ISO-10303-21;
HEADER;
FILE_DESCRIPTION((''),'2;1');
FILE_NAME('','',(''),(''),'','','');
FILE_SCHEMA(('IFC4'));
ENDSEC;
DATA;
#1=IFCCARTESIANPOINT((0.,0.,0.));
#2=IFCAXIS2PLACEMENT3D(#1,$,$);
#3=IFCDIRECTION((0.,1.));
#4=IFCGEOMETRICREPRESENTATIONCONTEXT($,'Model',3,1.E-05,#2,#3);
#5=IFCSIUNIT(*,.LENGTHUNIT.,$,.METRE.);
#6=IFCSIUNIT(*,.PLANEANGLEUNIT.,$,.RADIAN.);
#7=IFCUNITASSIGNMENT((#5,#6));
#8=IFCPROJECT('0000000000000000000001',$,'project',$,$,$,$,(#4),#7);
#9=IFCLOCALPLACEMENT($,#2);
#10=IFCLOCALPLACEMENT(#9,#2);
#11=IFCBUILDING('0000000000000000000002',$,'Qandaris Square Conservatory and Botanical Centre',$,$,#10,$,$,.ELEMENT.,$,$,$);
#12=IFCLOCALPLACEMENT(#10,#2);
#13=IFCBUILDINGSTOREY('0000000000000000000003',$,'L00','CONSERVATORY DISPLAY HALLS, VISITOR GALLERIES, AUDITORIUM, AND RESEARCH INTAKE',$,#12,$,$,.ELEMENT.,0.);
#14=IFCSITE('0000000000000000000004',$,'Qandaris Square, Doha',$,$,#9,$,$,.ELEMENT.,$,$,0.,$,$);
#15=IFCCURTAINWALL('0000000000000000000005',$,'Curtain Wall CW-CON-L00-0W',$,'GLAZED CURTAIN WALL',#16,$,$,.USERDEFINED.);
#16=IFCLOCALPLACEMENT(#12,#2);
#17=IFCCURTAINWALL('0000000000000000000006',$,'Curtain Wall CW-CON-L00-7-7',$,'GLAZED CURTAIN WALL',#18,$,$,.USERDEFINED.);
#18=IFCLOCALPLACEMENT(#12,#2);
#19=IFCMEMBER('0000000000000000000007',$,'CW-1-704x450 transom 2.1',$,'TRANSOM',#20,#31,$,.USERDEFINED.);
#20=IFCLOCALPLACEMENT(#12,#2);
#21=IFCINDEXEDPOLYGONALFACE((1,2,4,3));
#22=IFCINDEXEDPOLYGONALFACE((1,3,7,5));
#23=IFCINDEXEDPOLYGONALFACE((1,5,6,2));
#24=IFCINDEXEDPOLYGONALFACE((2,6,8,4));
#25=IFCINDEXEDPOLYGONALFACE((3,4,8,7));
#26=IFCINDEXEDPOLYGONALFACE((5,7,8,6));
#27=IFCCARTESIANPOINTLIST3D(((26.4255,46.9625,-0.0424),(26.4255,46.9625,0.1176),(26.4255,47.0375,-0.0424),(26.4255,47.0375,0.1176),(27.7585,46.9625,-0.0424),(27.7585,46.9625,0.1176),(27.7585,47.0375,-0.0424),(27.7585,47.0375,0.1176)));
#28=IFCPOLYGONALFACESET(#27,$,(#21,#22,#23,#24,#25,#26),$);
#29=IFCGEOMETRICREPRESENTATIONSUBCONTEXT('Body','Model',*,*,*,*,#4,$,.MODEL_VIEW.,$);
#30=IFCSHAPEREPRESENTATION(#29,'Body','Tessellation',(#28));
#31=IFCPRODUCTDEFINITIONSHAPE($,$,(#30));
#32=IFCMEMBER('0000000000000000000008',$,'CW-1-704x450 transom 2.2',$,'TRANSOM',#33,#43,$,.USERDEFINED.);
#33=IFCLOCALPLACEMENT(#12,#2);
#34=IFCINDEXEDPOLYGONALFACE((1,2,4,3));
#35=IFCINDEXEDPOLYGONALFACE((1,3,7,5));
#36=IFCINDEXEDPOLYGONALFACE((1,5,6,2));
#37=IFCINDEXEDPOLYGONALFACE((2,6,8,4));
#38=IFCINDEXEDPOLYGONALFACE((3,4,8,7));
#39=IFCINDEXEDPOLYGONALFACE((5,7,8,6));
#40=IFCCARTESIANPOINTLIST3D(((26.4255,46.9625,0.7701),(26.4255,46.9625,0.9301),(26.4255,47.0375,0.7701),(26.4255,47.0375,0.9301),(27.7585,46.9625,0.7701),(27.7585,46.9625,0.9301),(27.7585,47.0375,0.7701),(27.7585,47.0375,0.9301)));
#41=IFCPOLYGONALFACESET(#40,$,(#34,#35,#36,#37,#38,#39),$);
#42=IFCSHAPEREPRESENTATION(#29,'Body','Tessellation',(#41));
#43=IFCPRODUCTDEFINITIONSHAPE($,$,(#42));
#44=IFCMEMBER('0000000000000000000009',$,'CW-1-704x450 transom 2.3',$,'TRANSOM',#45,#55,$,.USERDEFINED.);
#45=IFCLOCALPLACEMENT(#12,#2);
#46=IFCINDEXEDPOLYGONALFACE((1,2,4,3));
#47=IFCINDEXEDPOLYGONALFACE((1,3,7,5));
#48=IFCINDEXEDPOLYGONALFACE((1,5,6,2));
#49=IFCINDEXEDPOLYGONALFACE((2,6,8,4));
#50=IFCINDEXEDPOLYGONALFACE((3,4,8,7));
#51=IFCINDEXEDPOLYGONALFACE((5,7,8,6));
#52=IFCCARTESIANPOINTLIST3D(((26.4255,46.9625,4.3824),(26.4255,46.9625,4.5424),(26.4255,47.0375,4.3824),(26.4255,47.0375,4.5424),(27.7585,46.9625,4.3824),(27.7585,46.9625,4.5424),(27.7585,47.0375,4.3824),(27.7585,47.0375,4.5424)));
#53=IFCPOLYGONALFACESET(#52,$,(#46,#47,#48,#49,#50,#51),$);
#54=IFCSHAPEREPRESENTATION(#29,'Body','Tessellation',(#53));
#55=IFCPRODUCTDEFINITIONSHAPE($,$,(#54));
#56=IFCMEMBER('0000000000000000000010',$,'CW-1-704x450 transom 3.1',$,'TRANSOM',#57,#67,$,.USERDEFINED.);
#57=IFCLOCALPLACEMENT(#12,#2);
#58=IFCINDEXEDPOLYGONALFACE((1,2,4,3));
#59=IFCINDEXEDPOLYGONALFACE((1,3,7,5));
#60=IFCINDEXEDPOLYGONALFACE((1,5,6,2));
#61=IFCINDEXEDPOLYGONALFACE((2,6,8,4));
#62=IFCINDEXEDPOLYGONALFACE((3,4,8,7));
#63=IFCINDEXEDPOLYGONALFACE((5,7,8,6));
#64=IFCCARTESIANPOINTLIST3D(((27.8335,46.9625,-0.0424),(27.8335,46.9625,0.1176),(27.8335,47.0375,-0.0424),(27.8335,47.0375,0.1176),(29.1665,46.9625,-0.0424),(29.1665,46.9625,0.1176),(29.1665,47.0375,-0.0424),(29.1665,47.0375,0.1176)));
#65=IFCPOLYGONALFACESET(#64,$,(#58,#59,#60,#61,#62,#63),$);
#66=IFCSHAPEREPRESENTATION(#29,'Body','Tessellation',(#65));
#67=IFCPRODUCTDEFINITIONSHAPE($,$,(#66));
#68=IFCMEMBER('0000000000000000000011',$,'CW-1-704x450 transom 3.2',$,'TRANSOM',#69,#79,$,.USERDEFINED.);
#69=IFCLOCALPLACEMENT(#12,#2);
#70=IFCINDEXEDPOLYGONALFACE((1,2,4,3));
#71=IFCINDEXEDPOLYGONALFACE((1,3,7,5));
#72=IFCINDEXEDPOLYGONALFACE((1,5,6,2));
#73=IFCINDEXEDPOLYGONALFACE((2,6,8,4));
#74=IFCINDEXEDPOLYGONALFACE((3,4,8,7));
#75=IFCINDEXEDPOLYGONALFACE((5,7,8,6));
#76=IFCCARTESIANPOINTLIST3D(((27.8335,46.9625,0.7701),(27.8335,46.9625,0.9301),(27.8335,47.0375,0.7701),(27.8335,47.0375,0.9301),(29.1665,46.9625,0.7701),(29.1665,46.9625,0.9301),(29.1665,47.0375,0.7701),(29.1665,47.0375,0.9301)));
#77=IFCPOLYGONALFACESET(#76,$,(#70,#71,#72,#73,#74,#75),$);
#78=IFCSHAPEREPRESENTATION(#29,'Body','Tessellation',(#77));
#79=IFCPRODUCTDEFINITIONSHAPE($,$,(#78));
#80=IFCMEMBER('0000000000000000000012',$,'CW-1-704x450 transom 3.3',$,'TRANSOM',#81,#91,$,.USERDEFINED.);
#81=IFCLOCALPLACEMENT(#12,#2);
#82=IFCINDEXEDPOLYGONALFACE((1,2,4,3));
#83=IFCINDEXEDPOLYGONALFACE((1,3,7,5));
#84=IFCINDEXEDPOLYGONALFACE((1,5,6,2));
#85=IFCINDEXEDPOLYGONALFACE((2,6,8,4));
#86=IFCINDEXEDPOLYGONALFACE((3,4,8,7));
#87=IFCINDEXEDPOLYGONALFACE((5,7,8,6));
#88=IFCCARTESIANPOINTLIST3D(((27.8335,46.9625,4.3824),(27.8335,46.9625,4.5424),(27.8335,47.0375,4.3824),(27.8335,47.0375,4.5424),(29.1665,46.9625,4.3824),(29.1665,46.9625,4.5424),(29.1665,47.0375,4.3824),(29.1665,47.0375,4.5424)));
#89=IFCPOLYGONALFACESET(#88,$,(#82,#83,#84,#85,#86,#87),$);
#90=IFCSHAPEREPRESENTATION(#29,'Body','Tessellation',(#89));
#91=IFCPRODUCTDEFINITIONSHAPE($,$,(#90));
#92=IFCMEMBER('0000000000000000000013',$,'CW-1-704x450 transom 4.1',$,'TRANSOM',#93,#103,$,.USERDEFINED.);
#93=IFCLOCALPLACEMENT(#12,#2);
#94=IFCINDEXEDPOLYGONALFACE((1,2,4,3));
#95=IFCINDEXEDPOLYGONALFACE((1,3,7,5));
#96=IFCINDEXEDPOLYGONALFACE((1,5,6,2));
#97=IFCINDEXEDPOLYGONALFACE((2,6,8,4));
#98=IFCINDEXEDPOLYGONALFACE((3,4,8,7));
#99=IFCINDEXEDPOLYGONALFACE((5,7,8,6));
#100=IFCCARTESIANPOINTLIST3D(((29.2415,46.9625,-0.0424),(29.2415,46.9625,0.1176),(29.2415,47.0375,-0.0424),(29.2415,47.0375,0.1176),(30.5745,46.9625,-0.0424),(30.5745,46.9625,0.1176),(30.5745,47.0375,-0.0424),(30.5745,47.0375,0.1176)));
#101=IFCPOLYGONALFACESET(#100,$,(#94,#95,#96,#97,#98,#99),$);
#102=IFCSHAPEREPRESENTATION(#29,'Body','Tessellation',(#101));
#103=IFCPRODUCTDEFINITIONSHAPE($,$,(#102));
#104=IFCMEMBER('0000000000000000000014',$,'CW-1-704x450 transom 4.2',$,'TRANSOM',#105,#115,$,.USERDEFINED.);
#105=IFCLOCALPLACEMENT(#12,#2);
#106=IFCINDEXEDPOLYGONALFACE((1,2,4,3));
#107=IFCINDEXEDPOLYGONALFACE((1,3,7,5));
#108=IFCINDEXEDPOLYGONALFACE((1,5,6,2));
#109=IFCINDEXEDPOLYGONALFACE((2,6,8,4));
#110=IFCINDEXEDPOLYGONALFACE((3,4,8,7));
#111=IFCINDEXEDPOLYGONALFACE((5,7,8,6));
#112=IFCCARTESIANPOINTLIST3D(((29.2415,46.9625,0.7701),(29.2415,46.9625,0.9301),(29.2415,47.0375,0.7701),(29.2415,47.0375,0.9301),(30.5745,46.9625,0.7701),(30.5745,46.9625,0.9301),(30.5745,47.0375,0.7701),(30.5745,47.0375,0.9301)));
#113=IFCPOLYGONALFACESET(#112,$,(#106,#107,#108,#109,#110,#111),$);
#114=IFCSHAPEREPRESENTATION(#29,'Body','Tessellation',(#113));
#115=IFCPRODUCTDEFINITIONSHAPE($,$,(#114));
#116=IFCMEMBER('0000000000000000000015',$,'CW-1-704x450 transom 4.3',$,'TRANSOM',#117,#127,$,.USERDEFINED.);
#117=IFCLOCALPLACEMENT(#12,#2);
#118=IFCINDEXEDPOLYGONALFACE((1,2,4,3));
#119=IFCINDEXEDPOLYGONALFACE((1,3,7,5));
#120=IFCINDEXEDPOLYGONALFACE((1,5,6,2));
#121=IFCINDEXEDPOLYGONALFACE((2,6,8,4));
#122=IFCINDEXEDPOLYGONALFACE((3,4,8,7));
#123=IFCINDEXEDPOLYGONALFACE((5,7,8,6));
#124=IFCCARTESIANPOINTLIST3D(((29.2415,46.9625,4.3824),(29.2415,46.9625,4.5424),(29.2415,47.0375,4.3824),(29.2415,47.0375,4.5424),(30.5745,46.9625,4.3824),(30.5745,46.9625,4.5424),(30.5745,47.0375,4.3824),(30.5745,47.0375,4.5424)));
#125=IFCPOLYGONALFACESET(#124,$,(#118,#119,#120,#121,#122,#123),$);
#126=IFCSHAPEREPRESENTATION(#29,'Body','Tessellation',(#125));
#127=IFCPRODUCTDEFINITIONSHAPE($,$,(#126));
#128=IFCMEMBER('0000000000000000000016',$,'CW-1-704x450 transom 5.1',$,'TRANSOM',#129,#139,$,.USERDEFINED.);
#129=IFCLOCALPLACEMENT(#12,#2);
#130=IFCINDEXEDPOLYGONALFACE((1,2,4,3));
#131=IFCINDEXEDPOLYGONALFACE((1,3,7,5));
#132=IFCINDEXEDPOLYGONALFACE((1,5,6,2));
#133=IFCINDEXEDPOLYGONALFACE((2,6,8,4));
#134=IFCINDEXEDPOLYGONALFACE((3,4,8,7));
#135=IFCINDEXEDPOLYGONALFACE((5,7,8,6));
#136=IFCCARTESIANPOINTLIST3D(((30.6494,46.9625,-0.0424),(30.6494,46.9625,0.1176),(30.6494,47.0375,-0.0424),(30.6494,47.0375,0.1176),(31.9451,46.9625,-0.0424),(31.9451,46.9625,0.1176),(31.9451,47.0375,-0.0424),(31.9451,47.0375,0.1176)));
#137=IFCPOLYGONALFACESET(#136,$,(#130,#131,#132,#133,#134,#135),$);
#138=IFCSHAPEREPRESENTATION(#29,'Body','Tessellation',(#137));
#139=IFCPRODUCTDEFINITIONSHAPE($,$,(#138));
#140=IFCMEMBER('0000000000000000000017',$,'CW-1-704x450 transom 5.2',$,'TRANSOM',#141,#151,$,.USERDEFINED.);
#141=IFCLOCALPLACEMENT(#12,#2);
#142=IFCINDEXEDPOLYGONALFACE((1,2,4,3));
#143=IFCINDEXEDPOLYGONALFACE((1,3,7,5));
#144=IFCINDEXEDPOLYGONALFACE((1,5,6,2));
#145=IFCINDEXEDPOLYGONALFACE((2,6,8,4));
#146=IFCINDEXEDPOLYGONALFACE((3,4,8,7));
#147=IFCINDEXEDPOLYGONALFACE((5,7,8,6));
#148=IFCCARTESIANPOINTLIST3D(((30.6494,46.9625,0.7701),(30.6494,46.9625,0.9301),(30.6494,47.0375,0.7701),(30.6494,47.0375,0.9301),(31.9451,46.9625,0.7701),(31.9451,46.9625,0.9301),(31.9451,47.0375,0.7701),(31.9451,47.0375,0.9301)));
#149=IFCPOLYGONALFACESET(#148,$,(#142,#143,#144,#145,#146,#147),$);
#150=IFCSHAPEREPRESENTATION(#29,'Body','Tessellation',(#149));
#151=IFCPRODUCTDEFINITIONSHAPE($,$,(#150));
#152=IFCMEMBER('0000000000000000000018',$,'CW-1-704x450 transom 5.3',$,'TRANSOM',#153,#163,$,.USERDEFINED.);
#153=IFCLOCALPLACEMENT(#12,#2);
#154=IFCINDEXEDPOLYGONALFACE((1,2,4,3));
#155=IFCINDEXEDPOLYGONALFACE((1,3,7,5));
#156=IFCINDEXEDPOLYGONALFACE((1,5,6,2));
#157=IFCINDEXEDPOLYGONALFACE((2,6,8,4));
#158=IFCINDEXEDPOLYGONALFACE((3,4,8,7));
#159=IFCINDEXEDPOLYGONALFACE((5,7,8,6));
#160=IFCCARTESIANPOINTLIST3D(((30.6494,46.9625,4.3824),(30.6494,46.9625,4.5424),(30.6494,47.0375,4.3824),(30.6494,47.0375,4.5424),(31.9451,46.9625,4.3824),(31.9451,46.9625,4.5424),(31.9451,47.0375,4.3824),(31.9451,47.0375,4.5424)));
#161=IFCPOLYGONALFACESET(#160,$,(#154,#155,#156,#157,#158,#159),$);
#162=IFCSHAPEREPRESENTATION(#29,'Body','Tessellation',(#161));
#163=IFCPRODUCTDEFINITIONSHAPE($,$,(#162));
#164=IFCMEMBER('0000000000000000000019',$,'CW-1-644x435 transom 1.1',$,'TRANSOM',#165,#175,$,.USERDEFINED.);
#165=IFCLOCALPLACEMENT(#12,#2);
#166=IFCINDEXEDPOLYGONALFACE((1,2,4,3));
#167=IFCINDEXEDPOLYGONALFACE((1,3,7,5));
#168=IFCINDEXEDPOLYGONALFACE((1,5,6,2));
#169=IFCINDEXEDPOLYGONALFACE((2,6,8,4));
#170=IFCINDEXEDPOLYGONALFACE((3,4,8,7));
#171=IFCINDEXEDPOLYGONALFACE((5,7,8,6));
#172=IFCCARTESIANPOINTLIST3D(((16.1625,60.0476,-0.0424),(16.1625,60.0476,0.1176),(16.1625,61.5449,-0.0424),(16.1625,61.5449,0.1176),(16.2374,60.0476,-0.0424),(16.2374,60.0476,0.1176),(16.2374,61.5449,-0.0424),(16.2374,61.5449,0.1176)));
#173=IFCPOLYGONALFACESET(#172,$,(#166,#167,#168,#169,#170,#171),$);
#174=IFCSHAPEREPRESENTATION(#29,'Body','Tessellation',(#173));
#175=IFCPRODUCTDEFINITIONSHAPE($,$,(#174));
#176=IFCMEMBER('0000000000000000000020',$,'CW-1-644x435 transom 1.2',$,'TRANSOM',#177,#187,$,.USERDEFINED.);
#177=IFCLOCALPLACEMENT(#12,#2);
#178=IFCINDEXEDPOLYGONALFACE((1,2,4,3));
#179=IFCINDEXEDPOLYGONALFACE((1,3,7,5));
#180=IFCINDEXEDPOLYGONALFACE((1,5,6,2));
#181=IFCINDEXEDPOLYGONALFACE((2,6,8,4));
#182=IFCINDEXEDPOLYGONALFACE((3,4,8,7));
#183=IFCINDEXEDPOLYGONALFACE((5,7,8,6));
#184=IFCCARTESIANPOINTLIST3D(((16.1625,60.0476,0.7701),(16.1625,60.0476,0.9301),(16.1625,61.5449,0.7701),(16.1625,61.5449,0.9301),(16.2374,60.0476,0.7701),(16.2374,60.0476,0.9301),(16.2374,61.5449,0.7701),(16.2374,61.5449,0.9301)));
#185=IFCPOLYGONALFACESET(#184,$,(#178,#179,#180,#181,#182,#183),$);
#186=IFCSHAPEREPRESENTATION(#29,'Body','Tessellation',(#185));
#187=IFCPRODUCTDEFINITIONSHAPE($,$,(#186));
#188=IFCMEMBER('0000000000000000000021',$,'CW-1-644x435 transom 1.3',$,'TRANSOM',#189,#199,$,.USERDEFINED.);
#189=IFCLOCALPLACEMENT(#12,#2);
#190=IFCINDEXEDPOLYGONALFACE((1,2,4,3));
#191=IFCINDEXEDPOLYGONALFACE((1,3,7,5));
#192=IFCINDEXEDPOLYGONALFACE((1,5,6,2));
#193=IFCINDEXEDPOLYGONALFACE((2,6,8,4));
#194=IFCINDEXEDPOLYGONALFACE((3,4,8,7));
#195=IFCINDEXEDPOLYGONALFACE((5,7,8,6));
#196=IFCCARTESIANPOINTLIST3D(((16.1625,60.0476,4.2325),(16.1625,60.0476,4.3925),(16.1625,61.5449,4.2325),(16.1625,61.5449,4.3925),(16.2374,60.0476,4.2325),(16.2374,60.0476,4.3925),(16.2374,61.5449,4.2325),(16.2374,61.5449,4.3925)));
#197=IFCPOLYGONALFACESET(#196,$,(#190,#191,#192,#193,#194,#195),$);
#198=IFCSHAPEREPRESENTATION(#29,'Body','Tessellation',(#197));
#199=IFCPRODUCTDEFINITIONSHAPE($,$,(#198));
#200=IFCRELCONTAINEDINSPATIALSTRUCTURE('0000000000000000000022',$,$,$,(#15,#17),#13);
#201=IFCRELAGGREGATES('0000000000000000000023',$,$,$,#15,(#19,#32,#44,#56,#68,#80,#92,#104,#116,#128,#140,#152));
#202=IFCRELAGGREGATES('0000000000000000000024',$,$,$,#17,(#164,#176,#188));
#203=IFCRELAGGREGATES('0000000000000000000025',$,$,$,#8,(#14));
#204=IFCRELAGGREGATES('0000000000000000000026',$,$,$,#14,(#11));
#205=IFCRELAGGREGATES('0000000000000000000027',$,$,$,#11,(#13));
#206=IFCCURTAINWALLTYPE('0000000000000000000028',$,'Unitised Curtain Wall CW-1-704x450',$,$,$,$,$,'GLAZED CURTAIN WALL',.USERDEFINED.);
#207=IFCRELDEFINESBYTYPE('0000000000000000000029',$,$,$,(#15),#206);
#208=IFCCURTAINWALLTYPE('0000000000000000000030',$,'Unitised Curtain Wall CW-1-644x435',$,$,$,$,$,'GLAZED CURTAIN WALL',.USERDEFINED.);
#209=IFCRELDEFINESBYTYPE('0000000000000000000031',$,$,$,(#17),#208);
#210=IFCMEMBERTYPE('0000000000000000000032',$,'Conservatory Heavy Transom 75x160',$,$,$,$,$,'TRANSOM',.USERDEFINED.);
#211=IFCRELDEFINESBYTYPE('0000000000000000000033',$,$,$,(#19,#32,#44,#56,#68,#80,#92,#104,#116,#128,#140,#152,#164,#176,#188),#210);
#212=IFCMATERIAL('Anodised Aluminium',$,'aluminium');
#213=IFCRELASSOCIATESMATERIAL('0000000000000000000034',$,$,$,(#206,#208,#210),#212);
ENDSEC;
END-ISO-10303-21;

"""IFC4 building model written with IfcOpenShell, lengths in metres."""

from ifc_helpers import new_model, si_unit, direction, frame, origin, origin_2d, place, context, subcontext, project, spatial, rectangle, extrude, material, material_profile, profile_set, type_object, element, aggregate, save


model = new_model("IFC4")

# Units and contexts
model_context = context("Model", 3, precision=1e-05, world=origin(), true_north=direction((0.0, 1.0)))
body_context = subcontext(model_context, "Body", "Model", "MODEL_VIEW")
ifc_project = project(units=[si_unit("LENGTHUNIT", "METRE"), si_unit("PLANEANGLEUNIT", "RADIAN")], contexts=[model_context])

# Site, building, storey
site_placement = place(None, origin())
site = spatial("IfcSite", under=ifc_project, at=site_placement, Name="Qandaris Square, Doha", CompositionType="ELEMENT", RefElevation=0.0)
building_placement = place(site_placement, origin())
building = spatial("IfcBuilding", under=site, at=building_placement, Name="Qandaris Square Conservatory and Botanical Centre", CompositionType="ELEMENT")
storey_placement = place(building_placement, origin())
storey = spatial("IfcBuildingStorey", under=building, at=storey_placement, Name="L00", Description="CONSERVATORY DISPLAY HALLS, VISITOR GALLERIES, AUDITORIUM, AND RESEARCH INTAKE", CompositionType="ELEMENT", Elevation=0.0)

# Curtain walls
ifc_material_1 = material(Name="Anodised Aluminium", Category="aluminium")
curtain_wall_type_1 = type_object("IfcCurtainWallType", Name="Unitised Curtain Wall CW-1-704x450", ElementType="GLAZED CURTAIN WALL", PredefinedType="USERDEFINED", material=ifc_material_1)
curtain_wall_1_placement = place(storey_placement, origin())
curtain_wall_1 = element("IfcCurtainWall", 1, at=curtain_wall_1_placement, inside=storey, type_object=curtain_wall_type_1, Name="Curtain Wall CW-CON-L00-0W", ObjectType="GLAZED CURTAIN WALL", PredefinedType="USERDEFINED")
curtain_wall_type_2 = type_object("IfcCurtainWallType", Name="Unitised Curtain Wall CW-1-644x435", ElementType="GLAZED CURTAIN WALL", PredefinedType="USERDEFINED", material=ifc_material_1)
curtain_wall_2_placement = place(storey_placement, origin())
curtain_wall_2 = element("IfcCurtainWall", 2, at=curtain_wall_2_placement, inside=storey, type_object=curtain_wall_type_2, Name="Curtain Wall CW-CON-L00-7-7", ObjectType="GLAZED CURTAIN WALL", PredefinedType="USERDEFINED")

# Members
ifc_material_profile_1 = material_profile(ifc_material_1, rectangle(XDim=0.075, YDim=0.1599, at=origin_2d()), Name="ALU-TRN 75x160")
ifc_profile_set_1 = profile_set([ifc_material_profile_1], Name="Anodised Aluminium")
member_type_1 = type_object("IfcMemberType", Name="Conservatory Heavy Transom 75x160", ElementType="TRANSOM", PredefinedType="USERDEFINED", material=ifc_profile_set_1)
member_1_placement = place(storey_placement, frame((26.4255, 47.0, 0.0376), z_axis=(1.0, 0.0, 0.0), x_axis=(0.0, 1.0, 0.0)))
member_1 = element("IfcMember", 3, at=member_1_placement, type_object=member_type_1, Name="CW-1-704x450 transom 2.1", ObjectType="TRANSOM", PredefinedType="USERDEFINED", context=body_context, shape_type="SweptSolid", body=[
    extrude(rectangle(XDim=0.075, YDim=0.1599, at=origin_2d()), origin(), (0.0, 0.0, 1.0), 1.333),
])
member_2_placement = place(storey_placement, frame((26.4255, 47.0, 0.8501), z_axis=(1.0, 0.0, 0.0), x_axis=(0.0, 1.0, 0.0)))
member_2 = element("IfcMember", 4, at=member_2_placement, type_object=member_type_1, Name="CW-1-704x450 transom 2.2", ObjectType="TRANSOM", PredefinedType="USERDEFINED", context=body_context, shape_type="SweptSolid", body=[
    extrude(rectangle(XDim=0.075, YDim=0.1599, at=origin_2d()), origin(), (0.0, 0.0, 1.0), 1.333),
])
member_3_placement = place(storey_placement, frame((26.4255, 47.0, 4.4624), z_axis=(1.0, 0.0, 0.0), x_axis=(0.0, 1.0, 0.0)))
member_3 = element("IfcMember", 5, at=member_3_placement, type_object=member_type_1, Name="CW-1-704x450 transom 2.3", ObjectType="TRANSOM", PredefinedType="USERDEFINED", context=body_context, shape_type="SweptSolid", body=[
    extrude(rectangle(XDim=0.075, YDim=0.1599, at=origin_2d()), origin(), (0.0, 0.0, 1.0), 1.333),
])
member_4_placement = place(storey_placement, frame((27.8335, 47.0, 0.0376), z_axis=(1.0, 0.0, 0.0), x_axis=(0.0, 1.0, 0.0)))
member_4 = element("IfcMember", 6, at=member_4_placement, type_object=member_type_1, Name="CW-1-704x450 transom 3.1", ObjectType="TRANSOM", PredefinedType="USERDEFINED", context=body_context, shape_type="SweptSolid", body=[
    extrude(rectangle(XDim=0.075, YDim=0.1599, at=origin_2d()), origin(), (0.0, 0.0, 1.0), 1.333),
])
member_5_placement = place(storey_placement, frame((27.8335, 47.0, 0.8501), z_axis=(1.0, 0.0, 0.0), x_axis=(0.0, 1.0, 0.0)))
member_5 = element("IfcMember", 7, at=member_5_placement, type_object=member_type_1, Name="CW-1-704x450 transom 3.2", ObjectType="TRANSOM", PredefinedType="USERDEFINED", context=body_context, shape_type="SweptSolid", body=[
    extrude(rectangle(XDim=0.075, YDim=0.1599, at=origin_2d()), origin(), (0.0, 0.0, 1.0), 1.333),
])
member_6_placement = place(storey_placement, frame((27.8335, 47.0, 4.4624), z_axis=(1.0, 0.0, 0.0), x_axis=(0.0, 1.0, 0.0)))
member_6 = element("IfcMember", 8, at=member_6_placement, type_object=member_type_1, Name="CW-1-704x450 transom 3.3", ObjectType="TRANSOM", PredefinedType="USERDEFINED", context=body_context, shape_type="SweptSolid", body=[
    extrude(rectangle(XDim=0.075, YDim=0.1599, at=origin_2d()), origin(), (0.0, 0.0, 1.0), 1.333),
])
member_7_placement = place(storey_placement, frame((29.2415, 47.0, 0.0376), z_axis=(1.0, 0.0, 0.0), x_axis=(0.0, 1.0, 0.0)))
member_7 = element("IfcMember", 9, at=member_7_placement, type_object=member_type_1, Name="CW-1-704x450 transom 4.1", ObjectType="TRANSOM", PredefinedType="USERDEFINED", context=body_context, shape_type="SweptSolid", body=[
    extrude(rectangle(XDim=0.075, YDim=0.1599, at=origin_2d()), origin(), (0.0, 0.0, 1.0), 1.333),
])
member_8_placement = place(storey_placement, frame((29.2415, 47.0, 0.8501), z_axis=(1.0, 0.0, 0.0), x_axis=(0.0, 1.0, 0.0)))
member_8 = element("IfcMember", 10, at=member_8_placement, type_object=member_type_1, Name="CW-1-704x450 transom 4.2", ObjectType="TRANSOM", PredefinedType="USERDEFINED", context=body_context, shape_type="SweptSolid", body=[
    extrude(rectangle(XDim=0.075, YDim=0.1599, at=origin_2d()), origin(), (0.0, 0.0, 1.0), 1.333),
])
member_9_placement = place(storey_placement, frame((29.2415, 47.0, 4.4624), z_axis=(1.0, 0.0, 0.0), x_axis=(0.0, 1.0, 0.0)))
member_9 = element("IfcMember", 11, at=member_9_placement, type_object=member_type_1, Name="CW-1-704x450 transom 4.3", ObjectType="TRANSOM", PredefinedType="USERDEFINED", context=body_context, shape_type="SweptSolid", body=[
    extrude(rectangle(XDim=0.075, YDim=0.1599, at=origin_2d()), origin(), (0.0, 0.0, 1.0), 1.333),
])
member_10_placement = place(storey_placement, frame((30.6494, 47.0, 0.0376), z_axis=(1.0, 0.0, 0.0), x_axis=(0.0, 1.0, 0.0)))
member_10 = element("IfcMember", 12, at=member_10_placement, type_object=member_type_1, Name="CW-1-704x450 transom 5.1", ObjectType="TRANSOM", PredefinedType="USERDEFINED", context=body_context, shape_type="SweptSolid", body=[
    extrude(rectangle(XDim=0.075, YDim=0.1599, at=origin_2d()), origin(), (0.0, 0.0, 1.0), 1.2957),
])
member_11_placement = place(storey_placement, frame((30.6494, 47.0, 0.8501), z_axis=(1.0, 0.0, 0.0), x_axis=(0.0, 1.0, 0.0)))
member_11 = element("IfcMember", 13, at=member_11_placement, type_object=member_type_1, Name="CW-1-704x450 transom 5.2", ObjectType="TRANSOM", PredefinedType="USERDEFINED", context=body_context, shape_type="SweptSolid", body=[
    extrude(rectangle(XDim=0.075, YDim=0.1599, at=origin_2d()), origin(), (0.0, 0.0, 1.0), 1.2957),
])
member_12_placement = place(storey_placement, frame((30.6494, 47.0, 4.4624), z_axis=(1.0, 0.0, 0.0), x_axis=(0.0, 1.0, 0.0)))
member_12 = element("IfcMember", 14, at=member_12_placement, type_object=member_type_1, Name="CW-1-704x450 transom 5.3", ObjectType="TRANSOM", PredefinedType="USERDEFINED", context=body_context, shape_type="SweptSolid", body=[
    extrude(rectangle(XDim=0.075, YDim=0.1599, at=origin_2d()), origin(), (0.0, 0.0, 1.0), 1.2957),
])
member_13_placement = place(storey_placement, frame((16.2, 61.5449, 0.0376), z_axis=(0.0, -1.0, 0.0), x_axis=(1.0, 0.0, 0.0)))
member_13 = element("IfcMember", 15, at=member_13_placement, type_object=member_type_1, Name="CW-1-644x435 transom 1.1", ObjectType="TRANSOM", PredefinedType="USERDEFINED", context=body_context, shape_type="SweptSolid", body=[
    extrude(rectangle(XDim=0.075, YDim=0.1599, at=origin_2d()), origin(), (0.0, 0.0, 1.0), 1.4973),
])
member_14_placement = place(storey_placement, frame((16.2, 61.5449, 0.8501), z_axis=(0.0, -1.0, 0.0), x_axis=(1.0, 0.0, 0.0)))
member_14 = element("IfcMember", 16, at=member_14_placement, type_object=member_type_1, Name="CW-1-644x435 transom 1.2", ObjectType="TRANSOM", PredefinedType="USERDEFINED", context=body_context, shape_type="SweptSolid", body=[
    extrude(rectangle(XDim=0.075, YDim=0.1599, at=origin_2d()), origin(), (0.0, 0.0, 1.0), 1.4973),
])
member_15_placement = place(storey_placement, frame((16.2, 61.5449, 4.3125), z_axis=(0.0, -1.0, 0.0), x_axis=(1.0, 0.0, 0.0)))
member_15 = element("IfcMember", 17, at=member_15_placement, type_object=member_type_1, Name="CW-1-644x435 transom 1.3", ObjectType="TRANSOM", PredefinedType="USERDEFINED", context=body_context, shape_type="SweptSolid", body=[
    extrude(rectangle(XDim=0.075, YDim=0.1599, at=origin_2d()), origin(), (0.0, 0.0, 1.0), 1.4973),
])

aggregate(curtain_wall_1, [member_1, member_2, member_3, member_4, member_5, member_6, member_7, member_8, member_9, member_10, member_11, member_12])
aggregate(curtain_wall_2, [member_13, member_14, member_15])

save(model, "model.ifc")
